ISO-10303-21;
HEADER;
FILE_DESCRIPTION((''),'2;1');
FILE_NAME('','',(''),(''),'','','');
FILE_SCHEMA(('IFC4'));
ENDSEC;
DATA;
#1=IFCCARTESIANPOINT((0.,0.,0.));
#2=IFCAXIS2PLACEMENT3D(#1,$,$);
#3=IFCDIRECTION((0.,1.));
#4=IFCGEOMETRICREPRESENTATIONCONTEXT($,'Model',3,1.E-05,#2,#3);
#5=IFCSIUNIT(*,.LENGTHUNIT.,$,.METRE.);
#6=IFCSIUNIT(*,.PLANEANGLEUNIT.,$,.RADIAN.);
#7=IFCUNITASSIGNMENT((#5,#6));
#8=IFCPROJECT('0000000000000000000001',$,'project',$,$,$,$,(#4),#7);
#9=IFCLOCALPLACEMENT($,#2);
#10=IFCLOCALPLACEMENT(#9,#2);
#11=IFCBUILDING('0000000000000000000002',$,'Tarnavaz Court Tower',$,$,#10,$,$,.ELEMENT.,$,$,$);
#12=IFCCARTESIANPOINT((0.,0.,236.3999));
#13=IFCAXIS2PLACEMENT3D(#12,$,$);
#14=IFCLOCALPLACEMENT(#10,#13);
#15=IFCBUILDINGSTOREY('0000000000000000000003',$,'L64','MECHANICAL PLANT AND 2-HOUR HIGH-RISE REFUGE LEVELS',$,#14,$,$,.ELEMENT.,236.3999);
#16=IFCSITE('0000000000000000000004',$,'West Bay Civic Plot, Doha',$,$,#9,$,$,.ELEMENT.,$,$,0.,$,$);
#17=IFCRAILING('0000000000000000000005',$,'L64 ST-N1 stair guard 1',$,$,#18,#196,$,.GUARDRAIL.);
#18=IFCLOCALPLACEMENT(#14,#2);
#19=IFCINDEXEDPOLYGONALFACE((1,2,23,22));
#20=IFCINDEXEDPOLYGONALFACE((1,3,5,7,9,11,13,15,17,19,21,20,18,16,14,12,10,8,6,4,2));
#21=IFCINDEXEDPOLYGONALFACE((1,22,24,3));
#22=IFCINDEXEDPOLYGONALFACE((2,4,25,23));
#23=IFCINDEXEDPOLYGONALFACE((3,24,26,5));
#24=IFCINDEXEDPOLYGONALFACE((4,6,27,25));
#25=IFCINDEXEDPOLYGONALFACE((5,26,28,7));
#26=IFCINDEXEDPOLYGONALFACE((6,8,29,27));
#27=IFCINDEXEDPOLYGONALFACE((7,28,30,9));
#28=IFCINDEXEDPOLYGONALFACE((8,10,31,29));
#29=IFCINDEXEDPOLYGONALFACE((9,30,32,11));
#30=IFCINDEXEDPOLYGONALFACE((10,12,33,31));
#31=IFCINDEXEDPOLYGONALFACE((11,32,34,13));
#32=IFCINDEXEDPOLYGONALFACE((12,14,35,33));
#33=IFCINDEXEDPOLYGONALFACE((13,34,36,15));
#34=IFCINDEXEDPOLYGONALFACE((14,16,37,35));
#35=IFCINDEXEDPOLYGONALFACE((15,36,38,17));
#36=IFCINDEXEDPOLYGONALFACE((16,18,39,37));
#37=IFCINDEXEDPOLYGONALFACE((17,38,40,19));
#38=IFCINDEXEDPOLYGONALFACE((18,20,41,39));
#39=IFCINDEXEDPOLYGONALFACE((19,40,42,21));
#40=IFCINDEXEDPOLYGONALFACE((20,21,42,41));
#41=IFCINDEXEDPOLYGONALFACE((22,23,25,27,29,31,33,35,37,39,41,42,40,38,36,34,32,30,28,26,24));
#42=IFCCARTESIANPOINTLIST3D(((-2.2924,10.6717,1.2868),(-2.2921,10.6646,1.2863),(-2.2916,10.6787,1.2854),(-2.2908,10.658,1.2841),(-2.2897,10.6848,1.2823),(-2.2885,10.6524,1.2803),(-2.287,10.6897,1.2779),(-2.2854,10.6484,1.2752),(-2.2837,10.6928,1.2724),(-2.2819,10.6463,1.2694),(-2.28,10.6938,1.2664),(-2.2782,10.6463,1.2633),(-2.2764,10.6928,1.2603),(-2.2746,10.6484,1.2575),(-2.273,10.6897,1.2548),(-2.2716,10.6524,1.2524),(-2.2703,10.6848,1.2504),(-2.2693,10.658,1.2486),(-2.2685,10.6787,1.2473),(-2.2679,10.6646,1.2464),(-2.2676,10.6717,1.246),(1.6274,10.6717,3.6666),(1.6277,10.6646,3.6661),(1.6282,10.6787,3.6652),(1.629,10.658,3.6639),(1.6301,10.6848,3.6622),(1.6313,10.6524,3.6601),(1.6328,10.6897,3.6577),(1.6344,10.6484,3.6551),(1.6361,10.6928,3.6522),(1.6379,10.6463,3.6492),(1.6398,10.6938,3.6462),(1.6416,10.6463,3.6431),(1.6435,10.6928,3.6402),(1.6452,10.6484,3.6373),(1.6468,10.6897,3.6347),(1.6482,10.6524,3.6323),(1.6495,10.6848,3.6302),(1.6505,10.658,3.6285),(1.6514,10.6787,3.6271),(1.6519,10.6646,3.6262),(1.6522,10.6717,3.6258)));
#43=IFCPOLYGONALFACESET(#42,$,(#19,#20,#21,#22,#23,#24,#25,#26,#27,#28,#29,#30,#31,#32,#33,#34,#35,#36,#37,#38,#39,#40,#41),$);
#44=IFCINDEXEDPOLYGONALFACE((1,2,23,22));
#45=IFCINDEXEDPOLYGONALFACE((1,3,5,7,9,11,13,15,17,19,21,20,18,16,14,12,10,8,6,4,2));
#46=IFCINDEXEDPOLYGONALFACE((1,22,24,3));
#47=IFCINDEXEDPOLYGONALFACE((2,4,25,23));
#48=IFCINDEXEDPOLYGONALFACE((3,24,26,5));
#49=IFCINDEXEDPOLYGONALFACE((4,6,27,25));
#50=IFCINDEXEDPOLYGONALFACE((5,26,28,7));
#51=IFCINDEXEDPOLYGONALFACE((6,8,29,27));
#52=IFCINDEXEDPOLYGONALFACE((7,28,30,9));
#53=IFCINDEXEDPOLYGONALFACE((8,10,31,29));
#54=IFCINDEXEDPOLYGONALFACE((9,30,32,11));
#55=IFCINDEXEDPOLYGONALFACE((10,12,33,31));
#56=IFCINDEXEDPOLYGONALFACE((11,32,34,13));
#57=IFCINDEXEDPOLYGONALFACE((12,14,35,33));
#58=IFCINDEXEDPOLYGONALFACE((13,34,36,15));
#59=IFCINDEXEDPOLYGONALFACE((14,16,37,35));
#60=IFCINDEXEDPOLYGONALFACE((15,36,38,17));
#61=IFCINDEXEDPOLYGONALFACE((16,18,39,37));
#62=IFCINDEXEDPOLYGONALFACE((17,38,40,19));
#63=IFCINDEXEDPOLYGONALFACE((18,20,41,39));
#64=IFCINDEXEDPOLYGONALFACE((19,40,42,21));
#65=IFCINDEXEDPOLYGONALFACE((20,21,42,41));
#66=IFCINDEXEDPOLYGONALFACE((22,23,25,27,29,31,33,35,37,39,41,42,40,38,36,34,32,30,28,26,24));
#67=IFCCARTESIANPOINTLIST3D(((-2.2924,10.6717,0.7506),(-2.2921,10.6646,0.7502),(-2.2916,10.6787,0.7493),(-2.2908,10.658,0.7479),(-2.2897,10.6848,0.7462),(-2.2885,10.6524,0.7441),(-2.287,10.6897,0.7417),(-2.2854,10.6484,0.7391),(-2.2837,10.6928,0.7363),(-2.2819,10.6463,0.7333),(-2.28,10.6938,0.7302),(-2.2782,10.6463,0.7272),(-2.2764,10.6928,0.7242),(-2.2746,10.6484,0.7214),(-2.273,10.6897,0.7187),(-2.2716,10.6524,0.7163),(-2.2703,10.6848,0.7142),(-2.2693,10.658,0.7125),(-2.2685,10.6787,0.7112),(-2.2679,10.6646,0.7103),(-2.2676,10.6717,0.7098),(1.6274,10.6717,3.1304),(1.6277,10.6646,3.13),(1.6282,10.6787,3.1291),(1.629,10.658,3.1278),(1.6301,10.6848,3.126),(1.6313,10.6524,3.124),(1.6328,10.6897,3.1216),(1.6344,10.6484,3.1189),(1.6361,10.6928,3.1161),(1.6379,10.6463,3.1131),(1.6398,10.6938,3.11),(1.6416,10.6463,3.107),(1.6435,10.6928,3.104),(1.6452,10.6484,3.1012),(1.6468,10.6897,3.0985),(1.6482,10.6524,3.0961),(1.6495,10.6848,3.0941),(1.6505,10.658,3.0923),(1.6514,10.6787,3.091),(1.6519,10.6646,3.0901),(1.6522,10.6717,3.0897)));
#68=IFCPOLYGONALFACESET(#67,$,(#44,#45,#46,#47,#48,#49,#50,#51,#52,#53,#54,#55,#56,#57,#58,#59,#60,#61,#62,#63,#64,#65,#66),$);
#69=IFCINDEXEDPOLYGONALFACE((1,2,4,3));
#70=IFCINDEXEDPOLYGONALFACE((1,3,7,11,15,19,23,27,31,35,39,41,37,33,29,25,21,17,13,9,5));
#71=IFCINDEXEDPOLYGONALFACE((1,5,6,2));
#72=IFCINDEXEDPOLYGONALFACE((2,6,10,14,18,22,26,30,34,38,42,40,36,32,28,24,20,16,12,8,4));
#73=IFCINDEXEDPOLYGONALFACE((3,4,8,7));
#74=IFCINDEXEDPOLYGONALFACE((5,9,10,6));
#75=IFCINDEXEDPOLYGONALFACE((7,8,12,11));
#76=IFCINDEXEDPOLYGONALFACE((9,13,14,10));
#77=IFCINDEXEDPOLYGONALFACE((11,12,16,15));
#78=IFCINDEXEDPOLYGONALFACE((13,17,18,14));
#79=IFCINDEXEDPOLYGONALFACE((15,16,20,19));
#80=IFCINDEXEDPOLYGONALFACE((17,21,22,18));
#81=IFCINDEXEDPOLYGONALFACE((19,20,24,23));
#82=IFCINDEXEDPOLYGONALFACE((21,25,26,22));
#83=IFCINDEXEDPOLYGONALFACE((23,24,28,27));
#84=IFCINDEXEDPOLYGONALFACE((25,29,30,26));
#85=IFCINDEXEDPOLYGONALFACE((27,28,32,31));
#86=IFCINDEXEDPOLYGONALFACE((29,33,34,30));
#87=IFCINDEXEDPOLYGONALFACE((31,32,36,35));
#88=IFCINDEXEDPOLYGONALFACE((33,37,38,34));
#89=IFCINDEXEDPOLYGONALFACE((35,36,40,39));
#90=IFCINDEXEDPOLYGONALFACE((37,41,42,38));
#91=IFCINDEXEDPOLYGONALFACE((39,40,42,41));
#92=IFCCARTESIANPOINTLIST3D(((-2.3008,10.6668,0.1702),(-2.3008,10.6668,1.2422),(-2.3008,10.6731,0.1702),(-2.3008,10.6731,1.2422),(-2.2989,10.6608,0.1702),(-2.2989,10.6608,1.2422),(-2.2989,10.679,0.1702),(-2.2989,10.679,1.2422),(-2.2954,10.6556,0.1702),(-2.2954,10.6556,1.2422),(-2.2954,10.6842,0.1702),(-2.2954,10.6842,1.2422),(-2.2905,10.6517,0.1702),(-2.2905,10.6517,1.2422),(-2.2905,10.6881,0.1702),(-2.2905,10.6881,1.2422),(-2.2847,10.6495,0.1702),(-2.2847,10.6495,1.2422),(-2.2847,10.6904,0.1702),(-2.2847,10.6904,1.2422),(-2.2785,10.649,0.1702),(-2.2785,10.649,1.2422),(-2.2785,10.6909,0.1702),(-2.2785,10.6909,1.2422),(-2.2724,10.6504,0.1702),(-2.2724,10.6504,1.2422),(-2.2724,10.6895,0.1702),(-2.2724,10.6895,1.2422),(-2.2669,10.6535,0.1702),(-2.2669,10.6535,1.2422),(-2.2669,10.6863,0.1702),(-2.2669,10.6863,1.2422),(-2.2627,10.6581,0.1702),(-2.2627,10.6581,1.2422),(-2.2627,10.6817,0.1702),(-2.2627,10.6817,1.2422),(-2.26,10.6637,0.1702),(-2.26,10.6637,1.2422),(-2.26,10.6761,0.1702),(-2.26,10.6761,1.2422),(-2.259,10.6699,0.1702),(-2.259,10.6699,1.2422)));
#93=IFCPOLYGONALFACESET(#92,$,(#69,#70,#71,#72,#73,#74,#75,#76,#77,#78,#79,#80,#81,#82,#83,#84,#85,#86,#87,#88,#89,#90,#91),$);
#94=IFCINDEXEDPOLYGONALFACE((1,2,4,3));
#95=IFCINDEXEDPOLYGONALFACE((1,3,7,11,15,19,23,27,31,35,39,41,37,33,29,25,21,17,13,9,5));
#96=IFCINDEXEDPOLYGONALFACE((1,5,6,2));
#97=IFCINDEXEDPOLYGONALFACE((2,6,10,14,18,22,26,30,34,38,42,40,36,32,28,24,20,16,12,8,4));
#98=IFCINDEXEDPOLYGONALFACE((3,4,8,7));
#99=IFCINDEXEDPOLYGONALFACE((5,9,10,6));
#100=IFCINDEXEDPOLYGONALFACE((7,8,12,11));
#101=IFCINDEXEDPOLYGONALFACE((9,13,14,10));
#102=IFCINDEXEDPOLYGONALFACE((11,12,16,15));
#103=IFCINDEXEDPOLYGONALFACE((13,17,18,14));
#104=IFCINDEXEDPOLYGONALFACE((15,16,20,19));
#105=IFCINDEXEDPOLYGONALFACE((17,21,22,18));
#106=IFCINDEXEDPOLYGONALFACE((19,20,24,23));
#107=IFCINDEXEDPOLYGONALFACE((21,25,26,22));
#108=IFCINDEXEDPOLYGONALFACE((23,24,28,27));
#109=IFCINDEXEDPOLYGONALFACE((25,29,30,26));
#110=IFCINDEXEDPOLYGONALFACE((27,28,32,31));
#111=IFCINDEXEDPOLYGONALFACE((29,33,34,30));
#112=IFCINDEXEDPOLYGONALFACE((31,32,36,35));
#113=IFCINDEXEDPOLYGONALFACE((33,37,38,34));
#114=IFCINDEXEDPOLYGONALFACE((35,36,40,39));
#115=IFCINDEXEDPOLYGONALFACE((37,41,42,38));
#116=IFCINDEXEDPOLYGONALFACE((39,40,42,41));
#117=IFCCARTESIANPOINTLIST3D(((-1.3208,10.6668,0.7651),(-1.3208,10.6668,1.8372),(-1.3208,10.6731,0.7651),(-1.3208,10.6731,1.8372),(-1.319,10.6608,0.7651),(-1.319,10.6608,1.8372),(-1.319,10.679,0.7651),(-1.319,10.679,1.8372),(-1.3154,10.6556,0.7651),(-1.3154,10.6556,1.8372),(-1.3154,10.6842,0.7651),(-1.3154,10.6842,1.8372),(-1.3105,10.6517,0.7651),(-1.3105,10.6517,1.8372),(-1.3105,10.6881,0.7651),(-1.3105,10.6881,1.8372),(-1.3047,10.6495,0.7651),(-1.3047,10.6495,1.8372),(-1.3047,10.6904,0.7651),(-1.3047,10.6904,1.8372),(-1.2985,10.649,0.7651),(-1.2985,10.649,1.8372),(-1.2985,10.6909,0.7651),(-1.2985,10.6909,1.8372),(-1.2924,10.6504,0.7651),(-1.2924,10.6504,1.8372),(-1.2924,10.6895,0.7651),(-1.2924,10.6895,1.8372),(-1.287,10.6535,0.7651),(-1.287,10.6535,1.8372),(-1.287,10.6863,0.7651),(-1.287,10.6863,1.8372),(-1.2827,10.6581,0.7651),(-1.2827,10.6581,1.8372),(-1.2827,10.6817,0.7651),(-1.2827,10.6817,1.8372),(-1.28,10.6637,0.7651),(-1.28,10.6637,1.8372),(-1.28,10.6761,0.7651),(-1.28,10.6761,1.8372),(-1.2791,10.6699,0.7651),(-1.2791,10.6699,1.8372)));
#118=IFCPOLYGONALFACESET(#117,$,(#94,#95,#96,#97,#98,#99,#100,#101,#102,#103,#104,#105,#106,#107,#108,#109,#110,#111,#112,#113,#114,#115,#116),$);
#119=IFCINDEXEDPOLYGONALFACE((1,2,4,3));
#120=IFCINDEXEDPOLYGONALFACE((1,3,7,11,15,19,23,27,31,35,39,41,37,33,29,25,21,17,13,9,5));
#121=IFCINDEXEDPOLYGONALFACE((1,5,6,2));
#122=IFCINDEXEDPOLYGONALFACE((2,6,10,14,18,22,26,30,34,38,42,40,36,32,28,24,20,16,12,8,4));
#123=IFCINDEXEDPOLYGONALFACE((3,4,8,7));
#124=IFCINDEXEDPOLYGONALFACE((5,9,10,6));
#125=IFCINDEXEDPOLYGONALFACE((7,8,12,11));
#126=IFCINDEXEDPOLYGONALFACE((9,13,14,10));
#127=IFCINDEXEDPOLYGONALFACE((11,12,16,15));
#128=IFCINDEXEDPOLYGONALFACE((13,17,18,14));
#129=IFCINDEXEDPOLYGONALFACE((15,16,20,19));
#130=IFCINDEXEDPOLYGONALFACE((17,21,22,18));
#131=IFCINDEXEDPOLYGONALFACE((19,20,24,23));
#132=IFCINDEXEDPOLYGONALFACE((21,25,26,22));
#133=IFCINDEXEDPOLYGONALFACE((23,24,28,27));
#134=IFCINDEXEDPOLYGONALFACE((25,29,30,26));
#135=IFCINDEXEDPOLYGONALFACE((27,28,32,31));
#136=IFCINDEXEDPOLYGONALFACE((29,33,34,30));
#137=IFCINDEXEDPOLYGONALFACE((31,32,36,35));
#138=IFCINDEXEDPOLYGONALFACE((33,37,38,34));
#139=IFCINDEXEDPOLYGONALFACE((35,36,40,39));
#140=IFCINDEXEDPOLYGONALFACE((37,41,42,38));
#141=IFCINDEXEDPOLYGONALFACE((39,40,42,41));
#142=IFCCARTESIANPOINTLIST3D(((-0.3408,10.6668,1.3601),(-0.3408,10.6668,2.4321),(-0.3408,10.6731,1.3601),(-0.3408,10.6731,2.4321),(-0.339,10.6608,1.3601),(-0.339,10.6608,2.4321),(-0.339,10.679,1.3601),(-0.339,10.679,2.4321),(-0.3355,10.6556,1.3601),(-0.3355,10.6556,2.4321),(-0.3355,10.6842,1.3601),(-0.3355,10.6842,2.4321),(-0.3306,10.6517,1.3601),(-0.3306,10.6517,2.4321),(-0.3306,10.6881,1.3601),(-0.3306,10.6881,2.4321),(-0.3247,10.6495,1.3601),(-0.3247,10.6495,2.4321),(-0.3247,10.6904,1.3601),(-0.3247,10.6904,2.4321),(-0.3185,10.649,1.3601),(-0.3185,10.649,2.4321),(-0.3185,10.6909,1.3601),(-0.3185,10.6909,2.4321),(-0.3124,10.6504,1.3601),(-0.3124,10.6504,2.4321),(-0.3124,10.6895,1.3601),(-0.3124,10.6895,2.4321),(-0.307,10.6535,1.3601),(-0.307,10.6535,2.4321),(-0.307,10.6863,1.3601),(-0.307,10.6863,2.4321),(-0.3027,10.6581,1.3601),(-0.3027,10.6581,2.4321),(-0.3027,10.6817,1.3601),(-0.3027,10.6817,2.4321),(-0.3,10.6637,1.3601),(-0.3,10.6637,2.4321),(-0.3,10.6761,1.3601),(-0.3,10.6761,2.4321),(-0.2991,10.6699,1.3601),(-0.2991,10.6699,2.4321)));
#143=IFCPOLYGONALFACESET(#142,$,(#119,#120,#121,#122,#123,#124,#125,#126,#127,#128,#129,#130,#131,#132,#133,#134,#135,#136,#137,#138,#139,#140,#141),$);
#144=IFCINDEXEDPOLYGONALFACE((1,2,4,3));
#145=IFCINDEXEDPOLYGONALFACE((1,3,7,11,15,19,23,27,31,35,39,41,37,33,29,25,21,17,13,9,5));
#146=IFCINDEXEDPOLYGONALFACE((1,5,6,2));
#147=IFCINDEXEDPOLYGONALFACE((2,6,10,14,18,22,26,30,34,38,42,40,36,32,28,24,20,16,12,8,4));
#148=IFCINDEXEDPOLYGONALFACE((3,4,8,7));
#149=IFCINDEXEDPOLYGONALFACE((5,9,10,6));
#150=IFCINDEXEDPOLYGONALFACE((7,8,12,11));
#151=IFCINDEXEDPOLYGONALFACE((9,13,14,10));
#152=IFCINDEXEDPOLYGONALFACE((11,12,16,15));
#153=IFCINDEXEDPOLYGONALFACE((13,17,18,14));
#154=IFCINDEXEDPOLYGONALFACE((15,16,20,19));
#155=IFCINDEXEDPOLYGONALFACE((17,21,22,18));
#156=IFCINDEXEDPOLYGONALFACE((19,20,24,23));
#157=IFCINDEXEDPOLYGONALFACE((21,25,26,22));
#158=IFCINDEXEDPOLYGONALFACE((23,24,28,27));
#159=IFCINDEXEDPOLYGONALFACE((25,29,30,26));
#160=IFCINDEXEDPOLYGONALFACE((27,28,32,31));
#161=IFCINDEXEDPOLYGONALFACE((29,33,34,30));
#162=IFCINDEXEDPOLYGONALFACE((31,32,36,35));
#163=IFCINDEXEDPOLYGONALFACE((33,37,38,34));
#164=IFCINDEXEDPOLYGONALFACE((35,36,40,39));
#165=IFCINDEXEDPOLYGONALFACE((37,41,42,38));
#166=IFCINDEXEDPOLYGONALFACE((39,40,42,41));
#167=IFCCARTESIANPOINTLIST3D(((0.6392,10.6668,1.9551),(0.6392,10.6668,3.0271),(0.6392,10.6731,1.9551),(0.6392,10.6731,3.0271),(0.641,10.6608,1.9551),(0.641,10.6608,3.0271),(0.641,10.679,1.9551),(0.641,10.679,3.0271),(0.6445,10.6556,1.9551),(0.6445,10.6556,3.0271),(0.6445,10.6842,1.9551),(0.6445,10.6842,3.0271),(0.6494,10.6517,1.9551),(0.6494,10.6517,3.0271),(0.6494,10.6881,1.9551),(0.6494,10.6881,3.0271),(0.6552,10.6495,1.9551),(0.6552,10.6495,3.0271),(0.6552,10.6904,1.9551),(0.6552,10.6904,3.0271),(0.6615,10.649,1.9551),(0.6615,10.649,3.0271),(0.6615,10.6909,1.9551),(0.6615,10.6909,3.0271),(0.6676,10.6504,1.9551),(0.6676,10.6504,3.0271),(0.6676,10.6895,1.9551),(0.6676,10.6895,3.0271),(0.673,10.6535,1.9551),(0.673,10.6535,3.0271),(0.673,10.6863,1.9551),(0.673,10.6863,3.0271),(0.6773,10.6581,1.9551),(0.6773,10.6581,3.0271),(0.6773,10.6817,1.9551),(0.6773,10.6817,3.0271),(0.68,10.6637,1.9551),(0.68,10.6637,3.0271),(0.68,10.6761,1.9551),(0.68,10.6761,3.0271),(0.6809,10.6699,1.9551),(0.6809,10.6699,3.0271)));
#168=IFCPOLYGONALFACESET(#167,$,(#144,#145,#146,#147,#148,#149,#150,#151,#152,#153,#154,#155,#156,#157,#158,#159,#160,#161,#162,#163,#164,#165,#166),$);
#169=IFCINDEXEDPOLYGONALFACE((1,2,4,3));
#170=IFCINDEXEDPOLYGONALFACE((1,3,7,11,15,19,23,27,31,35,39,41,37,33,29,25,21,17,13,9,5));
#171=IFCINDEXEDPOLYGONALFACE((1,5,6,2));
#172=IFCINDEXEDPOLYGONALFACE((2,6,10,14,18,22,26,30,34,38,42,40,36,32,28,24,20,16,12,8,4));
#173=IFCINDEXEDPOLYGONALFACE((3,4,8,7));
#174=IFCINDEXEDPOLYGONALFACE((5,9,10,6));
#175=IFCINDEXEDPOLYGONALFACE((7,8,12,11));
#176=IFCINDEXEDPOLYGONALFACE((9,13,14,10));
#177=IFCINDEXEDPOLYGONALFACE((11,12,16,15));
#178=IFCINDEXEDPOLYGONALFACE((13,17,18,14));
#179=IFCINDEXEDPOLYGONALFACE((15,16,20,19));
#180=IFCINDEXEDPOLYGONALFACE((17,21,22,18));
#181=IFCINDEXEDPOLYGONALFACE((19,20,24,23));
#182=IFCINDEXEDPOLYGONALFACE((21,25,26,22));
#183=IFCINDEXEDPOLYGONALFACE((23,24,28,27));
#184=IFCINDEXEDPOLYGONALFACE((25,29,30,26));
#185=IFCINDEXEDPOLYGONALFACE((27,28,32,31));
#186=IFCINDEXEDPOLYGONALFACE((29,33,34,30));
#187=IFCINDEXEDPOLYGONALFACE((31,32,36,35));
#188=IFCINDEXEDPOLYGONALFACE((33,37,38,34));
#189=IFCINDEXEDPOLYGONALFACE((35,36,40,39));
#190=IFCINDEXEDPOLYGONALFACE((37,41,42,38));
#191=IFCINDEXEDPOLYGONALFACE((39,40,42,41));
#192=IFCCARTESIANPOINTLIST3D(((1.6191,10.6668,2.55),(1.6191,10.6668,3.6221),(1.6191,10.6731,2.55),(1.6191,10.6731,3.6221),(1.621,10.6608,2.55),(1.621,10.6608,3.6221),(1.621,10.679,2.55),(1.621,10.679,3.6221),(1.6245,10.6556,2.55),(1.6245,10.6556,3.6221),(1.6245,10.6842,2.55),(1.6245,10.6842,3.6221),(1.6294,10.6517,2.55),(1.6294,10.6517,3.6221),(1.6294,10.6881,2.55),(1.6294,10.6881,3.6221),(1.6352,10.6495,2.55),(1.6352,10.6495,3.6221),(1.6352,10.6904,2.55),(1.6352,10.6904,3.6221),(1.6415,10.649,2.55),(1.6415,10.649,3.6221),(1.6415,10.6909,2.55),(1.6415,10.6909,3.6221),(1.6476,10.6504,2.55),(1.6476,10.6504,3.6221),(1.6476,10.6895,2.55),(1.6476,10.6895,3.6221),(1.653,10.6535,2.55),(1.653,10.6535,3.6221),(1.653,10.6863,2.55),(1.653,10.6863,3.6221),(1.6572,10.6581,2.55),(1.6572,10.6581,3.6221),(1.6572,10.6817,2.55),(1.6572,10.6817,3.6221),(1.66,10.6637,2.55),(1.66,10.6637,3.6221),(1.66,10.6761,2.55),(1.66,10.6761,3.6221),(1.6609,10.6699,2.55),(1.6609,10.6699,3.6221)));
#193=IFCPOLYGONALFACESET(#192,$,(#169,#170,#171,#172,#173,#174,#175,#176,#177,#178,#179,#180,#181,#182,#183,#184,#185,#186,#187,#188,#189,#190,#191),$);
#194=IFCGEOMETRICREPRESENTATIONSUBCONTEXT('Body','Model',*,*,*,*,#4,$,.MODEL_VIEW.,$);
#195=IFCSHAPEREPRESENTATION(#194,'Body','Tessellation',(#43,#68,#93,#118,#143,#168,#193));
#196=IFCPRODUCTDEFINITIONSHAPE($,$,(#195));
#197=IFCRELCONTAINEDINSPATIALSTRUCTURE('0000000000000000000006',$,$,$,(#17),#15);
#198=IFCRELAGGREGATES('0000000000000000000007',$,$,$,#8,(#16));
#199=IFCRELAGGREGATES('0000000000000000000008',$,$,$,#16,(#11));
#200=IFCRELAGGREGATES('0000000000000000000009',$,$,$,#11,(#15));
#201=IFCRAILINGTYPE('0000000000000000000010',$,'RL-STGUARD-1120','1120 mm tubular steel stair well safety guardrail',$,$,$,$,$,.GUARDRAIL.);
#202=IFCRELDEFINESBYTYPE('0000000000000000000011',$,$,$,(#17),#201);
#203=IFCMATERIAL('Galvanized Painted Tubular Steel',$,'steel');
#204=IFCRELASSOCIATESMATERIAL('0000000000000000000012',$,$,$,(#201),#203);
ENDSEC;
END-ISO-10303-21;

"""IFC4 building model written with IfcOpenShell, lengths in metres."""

from ifc_helpers import new_model, si_unit, direction, frame, origin, origin_2d, place, context, subcontext, project, spatial, circle, extrude, material, type_object, element, save


model = new_model("IFC4")

# Units and contexts
model_context = context("Model", 3, precision=1e-05, world=origin(), true_north=direction((0.0, 1.0)))
body_context = subcontext(model_context, "Body", "Model", "MODEL_VIEW")
ifc_project = project(units=[si_unit("LENGTHUNIT", "METRE"), si_unit("PLANEANGLEUNIT", "RADIAN")], contexts=[model_context])

# Site, building, storey
site_placement = place(None, origin())
site = spatial("IfcSite", under=ifc_project, at=site_placement, Name="West Bay Civic Plot, Doha", CompositionType="ELEMENT", RefElevation=0.0)
building_placement = place(site_placement, origin())
building = spatial("IfcBuilding", under=site, at=building_placement, Name="Tarnavaz Court Tower", CompositionType="ELEMENT")
storey_placement = place(building_placement, frame((0.0, 0.0, 236.3999)))
storey = spatial("IfcBuildingStorey", under=building, at=storey_placement, Name="L64", Description="MECHANICAL PLANT AND 2-HOUR HIGH-RISE REFUGE LEVELS", CompositionType="ELEMENT", Elevation=236.3999)

# Railing
ifc_material_1 = material(Name="Galvanized Painted Tubular Steel", Category="steel")
railing_type_1 = type_object("IfcRailingType", Name="RL-STGUARD-1120", Description="1120 mm tubular steel stair well safety guardrail", PredefinedType="GUARDRAIL", material=ifc_material_1)
railing_1_placement = place(storey_placement, frame((-2.28, 10.6699, 0.1702)))
element("IfcRailing", 1, at=railing_1_placement, inside=storey, type_object=railing_type_1, Name="L64 ST-N1 stair guard 1", PredefinedType="GUARDRAIL", context=body_context, shape_type="SweptSolid", body=[
    extrude(circle(Radius=0.0239, at=origin_2d()), frame((0.0, 0.0, 1.0962), z_axis=(0.854794, 0.0, 0.518967), x_axis=(0.0, 1.0, 0.0)), (0.0, 0.0, 1.0), 4.5857),
    extrude(circle(Radius=0.0239, at=origin_2d()), frame((0.0, 0.0, 0.5601), z_axis=(0.854794, 0.0, 0.518967), x_axis=(0.0, 1.0, 0.0)), (0.0, 0.0, 1.0), 4.5857),
    extrude(circle(Radius=0.021, at=origin_2d()), origin(), (0.0, 0.0, 1.0), 1.072),
    extrude(circle(Radius=0.021, at=origin_2d()), frame((0.98, 0.0, 0.595)), (0.0, 0.0, 1.0), 1.072),
    extrude(circle(Radius=0.021, at=origin_2d()), frame((1.96, 0.0, 1.1899)), (0.0, 0.0, 1.0), 1.072),
    extrude(circle(Radius=0.021, at=origin_2d()), frame((2.9399, 0.0, 1.7849)), (0.0, 0.0, 1.0), 1.072),
    extrude(circle(Radius=0.021, at=origin_2d()), frame((3.9199, 0.0, 2.3799)), (0.0, 0.0, 1.0), 1.072),
])

save(model, "model.ifc")
